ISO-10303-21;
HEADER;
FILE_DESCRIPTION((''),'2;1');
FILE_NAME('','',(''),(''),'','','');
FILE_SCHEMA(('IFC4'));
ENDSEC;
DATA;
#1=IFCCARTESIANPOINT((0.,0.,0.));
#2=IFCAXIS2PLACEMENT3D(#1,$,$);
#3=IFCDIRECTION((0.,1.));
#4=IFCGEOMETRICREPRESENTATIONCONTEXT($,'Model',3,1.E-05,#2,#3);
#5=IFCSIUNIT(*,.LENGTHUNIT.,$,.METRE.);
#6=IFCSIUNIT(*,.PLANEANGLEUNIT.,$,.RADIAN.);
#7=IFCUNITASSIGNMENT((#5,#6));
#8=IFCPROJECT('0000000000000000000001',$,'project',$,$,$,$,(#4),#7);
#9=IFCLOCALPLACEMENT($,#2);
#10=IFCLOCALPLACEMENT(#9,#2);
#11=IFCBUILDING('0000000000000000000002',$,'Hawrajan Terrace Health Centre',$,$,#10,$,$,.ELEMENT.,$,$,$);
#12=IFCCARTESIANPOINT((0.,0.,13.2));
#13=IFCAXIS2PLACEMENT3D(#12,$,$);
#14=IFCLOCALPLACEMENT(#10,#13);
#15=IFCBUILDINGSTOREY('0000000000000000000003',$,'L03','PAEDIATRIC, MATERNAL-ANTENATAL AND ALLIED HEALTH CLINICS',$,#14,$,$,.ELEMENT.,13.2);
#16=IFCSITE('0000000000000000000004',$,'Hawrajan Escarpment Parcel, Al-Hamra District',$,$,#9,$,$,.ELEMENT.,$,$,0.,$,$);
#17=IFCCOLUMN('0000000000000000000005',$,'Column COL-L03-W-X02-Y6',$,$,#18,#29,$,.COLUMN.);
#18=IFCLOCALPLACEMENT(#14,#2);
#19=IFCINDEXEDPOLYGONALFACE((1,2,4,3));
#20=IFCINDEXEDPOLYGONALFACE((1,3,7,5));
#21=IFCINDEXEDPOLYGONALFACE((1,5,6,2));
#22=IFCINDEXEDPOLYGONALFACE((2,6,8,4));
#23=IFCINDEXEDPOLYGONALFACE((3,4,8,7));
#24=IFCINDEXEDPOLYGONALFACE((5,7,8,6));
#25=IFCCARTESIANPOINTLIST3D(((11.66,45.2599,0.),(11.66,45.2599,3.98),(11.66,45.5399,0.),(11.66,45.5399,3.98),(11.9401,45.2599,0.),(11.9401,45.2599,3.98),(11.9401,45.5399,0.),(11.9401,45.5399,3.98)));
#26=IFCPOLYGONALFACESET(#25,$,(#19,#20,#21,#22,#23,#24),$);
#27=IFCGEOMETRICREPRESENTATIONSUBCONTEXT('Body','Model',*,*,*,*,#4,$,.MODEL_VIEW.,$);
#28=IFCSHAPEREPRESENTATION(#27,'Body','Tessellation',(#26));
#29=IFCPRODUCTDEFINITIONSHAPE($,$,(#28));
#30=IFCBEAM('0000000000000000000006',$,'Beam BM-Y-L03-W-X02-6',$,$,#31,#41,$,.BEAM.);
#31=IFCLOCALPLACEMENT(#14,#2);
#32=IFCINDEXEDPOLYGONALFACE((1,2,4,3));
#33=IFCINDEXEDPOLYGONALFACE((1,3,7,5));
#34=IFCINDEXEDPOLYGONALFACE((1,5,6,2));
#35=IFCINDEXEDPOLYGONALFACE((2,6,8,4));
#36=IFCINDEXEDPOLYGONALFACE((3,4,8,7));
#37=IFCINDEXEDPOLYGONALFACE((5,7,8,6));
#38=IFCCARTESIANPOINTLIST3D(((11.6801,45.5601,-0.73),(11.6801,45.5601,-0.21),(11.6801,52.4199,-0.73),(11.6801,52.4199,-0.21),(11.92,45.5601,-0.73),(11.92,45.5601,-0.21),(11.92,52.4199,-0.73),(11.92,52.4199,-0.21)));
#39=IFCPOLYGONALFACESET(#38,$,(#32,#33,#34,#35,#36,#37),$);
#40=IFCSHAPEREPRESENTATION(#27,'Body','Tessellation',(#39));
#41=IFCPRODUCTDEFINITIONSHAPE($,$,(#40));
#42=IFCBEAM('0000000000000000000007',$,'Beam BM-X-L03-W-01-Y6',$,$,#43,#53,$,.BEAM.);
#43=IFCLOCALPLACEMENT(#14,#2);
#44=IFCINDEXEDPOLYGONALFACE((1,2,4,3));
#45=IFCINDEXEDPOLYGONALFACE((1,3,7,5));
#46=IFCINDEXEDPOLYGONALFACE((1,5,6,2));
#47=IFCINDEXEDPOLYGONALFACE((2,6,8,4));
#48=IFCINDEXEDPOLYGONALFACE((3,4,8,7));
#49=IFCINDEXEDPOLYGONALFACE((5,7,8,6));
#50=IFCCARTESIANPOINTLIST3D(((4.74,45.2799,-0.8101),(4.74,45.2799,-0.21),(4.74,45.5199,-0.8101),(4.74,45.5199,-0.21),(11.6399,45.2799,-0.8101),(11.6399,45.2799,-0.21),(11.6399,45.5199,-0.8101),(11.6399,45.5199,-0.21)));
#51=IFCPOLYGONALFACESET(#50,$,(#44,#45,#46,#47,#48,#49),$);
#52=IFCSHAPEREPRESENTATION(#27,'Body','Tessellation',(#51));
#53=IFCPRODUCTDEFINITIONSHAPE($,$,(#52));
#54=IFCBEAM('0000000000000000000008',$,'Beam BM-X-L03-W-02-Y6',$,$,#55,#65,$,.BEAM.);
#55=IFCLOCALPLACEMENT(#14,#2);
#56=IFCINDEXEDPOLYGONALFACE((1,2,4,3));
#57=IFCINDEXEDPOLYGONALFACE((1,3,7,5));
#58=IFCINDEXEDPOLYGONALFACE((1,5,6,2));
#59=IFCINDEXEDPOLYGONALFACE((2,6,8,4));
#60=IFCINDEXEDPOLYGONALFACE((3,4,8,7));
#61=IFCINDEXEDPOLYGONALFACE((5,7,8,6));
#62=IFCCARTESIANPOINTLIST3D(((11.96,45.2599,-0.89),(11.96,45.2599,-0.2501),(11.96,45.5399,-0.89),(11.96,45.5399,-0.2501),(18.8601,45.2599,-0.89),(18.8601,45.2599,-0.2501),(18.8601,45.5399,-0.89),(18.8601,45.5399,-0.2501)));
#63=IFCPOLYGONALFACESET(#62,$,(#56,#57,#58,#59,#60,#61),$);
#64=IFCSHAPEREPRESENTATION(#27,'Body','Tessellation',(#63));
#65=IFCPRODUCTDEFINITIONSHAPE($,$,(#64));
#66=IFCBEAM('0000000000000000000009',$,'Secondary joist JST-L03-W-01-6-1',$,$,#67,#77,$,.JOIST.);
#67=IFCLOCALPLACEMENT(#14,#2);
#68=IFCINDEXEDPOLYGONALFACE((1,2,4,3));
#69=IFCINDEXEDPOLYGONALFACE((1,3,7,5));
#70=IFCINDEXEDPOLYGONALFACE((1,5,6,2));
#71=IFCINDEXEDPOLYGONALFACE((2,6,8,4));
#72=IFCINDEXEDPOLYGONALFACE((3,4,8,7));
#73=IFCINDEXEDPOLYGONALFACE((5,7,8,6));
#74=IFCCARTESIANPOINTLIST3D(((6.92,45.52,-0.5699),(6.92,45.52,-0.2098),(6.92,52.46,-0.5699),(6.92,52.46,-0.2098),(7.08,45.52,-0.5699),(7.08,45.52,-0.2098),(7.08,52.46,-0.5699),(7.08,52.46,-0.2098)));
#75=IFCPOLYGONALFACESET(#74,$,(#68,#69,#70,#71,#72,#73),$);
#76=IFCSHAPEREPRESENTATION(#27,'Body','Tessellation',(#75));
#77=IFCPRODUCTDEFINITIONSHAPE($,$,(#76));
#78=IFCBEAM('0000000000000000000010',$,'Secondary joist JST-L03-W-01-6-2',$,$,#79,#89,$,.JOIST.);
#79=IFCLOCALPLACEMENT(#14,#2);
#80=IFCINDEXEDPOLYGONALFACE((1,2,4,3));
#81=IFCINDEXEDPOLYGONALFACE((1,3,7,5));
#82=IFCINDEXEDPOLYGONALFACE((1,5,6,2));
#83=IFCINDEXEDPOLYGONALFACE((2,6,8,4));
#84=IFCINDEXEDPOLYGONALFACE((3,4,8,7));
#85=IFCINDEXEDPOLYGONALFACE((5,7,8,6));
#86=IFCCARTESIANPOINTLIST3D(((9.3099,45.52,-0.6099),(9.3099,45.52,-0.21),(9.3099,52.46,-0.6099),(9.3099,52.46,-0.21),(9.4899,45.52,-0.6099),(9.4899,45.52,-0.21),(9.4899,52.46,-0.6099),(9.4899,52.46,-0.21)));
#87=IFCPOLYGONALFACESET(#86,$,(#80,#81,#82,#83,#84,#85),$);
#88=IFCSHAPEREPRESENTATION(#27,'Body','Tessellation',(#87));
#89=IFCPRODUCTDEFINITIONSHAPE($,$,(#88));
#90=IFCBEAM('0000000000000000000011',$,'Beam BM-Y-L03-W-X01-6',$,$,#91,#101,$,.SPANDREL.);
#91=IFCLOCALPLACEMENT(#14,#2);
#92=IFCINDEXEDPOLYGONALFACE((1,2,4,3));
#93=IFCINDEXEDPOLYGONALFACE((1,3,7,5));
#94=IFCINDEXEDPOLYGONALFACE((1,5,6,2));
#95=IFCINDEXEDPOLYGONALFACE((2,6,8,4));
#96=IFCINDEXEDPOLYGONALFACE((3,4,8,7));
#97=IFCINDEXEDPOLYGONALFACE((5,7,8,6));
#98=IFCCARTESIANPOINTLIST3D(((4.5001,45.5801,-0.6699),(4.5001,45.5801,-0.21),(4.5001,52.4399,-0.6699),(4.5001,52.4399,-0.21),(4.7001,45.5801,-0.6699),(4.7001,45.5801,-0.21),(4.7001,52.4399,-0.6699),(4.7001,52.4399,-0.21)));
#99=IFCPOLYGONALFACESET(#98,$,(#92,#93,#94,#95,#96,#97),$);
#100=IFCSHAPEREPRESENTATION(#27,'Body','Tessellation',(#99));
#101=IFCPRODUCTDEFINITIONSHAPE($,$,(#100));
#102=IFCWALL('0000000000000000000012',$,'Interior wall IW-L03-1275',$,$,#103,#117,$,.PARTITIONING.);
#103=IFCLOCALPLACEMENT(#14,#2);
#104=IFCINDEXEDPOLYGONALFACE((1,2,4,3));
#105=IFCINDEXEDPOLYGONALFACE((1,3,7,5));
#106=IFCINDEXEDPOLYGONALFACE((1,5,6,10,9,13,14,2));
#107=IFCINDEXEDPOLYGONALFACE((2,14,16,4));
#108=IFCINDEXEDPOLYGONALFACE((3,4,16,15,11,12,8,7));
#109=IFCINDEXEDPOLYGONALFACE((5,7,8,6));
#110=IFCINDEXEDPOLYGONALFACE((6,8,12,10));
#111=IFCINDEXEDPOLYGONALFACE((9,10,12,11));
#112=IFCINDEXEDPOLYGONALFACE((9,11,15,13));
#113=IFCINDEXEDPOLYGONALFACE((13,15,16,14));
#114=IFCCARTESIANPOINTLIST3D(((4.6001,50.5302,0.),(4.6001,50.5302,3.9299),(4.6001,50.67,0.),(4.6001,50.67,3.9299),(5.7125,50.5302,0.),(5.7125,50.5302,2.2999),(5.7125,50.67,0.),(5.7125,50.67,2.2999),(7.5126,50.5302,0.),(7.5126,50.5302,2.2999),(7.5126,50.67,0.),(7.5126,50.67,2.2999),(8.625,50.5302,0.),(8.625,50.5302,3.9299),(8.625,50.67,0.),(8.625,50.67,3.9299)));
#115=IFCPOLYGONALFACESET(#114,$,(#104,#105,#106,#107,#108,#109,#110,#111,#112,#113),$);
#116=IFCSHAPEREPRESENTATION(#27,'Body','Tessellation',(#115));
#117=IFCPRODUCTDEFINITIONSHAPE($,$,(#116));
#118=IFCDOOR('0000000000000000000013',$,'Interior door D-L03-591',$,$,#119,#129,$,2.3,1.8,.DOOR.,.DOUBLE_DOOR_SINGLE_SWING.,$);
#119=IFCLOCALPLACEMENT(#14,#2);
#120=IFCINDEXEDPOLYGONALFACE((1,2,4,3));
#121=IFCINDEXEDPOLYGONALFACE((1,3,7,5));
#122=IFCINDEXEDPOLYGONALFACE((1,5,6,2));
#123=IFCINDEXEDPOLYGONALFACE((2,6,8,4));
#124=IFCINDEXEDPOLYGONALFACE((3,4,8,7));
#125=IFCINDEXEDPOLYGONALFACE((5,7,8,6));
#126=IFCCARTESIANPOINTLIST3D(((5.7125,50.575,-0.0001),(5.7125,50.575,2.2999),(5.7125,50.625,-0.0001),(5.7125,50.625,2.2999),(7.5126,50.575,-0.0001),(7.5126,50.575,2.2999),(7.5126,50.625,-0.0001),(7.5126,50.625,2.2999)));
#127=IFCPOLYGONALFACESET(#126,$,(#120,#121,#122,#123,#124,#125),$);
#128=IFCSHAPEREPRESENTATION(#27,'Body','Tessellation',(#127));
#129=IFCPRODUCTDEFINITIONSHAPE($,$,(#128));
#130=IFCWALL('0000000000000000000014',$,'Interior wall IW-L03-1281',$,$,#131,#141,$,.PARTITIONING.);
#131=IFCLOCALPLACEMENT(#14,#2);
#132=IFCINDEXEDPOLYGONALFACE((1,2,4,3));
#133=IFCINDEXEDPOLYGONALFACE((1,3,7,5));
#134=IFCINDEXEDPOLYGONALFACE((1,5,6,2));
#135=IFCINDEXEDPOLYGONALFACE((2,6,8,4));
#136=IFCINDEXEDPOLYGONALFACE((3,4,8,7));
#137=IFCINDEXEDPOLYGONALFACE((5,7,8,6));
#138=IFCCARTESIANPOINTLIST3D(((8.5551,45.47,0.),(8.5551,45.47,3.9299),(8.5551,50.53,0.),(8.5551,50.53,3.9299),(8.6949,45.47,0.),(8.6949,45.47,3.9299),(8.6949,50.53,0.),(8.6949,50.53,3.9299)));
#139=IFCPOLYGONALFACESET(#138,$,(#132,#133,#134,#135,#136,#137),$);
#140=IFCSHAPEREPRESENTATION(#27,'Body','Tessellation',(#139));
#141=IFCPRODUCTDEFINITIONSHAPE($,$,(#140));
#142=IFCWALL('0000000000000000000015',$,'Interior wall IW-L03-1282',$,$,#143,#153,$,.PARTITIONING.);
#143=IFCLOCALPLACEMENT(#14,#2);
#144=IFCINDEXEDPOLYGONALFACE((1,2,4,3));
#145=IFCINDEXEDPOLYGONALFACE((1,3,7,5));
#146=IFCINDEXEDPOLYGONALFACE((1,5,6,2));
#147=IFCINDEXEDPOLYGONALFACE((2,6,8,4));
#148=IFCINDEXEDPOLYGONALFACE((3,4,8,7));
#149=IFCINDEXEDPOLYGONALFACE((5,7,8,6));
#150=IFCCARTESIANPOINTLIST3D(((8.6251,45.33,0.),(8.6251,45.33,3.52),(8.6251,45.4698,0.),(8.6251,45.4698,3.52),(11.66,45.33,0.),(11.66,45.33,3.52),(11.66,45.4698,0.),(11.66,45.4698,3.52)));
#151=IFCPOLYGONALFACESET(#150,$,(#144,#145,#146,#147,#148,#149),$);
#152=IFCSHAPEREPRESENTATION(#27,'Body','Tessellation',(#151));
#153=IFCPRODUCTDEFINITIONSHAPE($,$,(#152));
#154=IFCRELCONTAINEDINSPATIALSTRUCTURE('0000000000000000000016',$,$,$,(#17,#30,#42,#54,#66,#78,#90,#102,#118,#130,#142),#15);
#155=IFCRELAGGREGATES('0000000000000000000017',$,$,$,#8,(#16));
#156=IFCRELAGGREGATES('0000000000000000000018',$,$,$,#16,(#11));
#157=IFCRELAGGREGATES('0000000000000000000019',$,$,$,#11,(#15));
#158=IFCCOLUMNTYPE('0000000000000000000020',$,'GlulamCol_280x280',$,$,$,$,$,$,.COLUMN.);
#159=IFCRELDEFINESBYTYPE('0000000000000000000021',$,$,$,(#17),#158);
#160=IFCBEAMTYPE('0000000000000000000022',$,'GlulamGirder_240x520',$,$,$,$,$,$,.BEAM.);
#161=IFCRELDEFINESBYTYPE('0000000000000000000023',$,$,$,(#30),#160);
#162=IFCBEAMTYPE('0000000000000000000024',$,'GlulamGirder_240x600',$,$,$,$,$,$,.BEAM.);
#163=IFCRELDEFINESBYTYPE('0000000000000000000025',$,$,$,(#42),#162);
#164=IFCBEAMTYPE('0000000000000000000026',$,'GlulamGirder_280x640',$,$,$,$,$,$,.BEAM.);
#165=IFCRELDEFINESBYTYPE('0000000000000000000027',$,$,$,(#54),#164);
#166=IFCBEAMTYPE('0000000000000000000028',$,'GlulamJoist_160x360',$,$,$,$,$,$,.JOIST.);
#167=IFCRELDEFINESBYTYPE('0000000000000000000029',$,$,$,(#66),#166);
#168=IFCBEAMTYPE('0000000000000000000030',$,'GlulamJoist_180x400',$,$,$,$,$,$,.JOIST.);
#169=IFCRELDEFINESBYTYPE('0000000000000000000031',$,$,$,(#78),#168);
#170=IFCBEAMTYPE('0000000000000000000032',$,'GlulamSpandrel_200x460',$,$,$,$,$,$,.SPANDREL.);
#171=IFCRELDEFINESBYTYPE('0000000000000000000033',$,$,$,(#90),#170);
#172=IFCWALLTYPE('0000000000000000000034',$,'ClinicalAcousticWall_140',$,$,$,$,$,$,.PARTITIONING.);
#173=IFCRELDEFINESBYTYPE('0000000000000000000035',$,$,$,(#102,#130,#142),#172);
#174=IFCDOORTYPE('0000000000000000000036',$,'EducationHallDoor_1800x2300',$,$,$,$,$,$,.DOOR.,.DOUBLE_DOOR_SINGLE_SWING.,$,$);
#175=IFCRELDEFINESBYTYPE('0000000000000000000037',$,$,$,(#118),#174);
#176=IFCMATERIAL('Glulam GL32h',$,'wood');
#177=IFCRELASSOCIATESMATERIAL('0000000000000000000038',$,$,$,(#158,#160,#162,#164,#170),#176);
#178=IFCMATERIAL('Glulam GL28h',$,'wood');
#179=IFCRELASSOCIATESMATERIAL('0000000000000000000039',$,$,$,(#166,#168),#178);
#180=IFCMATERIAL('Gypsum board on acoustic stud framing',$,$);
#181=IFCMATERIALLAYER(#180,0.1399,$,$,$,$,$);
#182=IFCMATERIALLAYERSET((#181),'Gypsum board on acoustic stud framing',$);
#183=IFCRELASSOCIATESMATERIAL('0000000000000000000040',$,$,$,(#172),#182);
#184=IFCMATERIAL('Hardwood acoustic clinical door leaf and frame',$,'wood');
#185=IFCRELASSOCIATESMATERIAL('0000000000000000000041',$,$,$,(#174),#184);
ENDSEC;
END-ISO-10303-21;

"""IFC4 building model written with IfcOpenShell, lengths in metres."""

from ifc_helpers import new_model, si_unit, direction, frame, frame_2d, origin, origin_2d, place, context, subcontext, project, spatial, rectangle, extrude, material, layer, layer_set, material_profile, profile_set, type_object, element, fill, save


model = new_model("IFC4")

# Units and contexts
model_context = context("Model", 3, precision=1e-05, world=origin(), true_north=direction((0.0, 1.0)))
body_context = subcontext(model_context, "Body", "Model", "MODEL_VIEW")
ifc_project = project(units=[si_unit("LENGTHUNIT", "METRE"), si_unit("PLANEANGLEUNIT", "RADIAN")], contexts=[model_context])

# Site, building, storey
site_placement = place(None, origin())
site = spatial("IfcSite", under=ifc_project, at=site_placement, Name="Hawrajan Escarpment Parcel, Al-Hamra District", CompositionType="ELEMENT", RefElevation=0.0)
building_placement = place(site_placement, origin())
building = spatial("IfcBuilding", under=site, at=building_placement, Name="Hawrajan Terrace Health Centre", CompositionType="ELEMENT")
storey_placement = place(building_placement, frame((0.0, 0.0, 13.2)))
storey = spatial("IfcBuildingStorey", under=building, at=storey_placement, Name="L03", Description="PAEDIATRIC, MATERNAL-ANTENATAL AND ALLIED HEALTH CLINICS", CompositionType="ELEMENT", Elevation=13.2)

# Column
ifc_material_1 = material(Name="Glulam GL32h", Category="wood")
ifc_material_profile_1 = material_profile(ifc_material_1, rectangle(XDim=0.28, YDim=0.28, at=origin_2d()), Name="GL 280x280")
ifc_profile_set_1 = profile_set([ifc_material_profile_1], Name="Glulam GL32h")
column_type = type_object("IfcColumnType", Name="GlulamCol_280x280", PredefinedType="COLUMN", material=ifc_profile_set_1)
column_placement = place(storey_placement, frame((11.8, 45.3999, 0.0), z_axis=(0.0, 0.0, 1.0), x_axis=(1.0, 0.0, 0.0)))
element("IfcColumn", 1, at=column_placement, inside=storey, type_object=column_type, Name="Column COL-L03-W-X02-Y6", PredefinedType="COLUMN", context=body_context, shape_type="SweptSolid", body=[
    extrude(rectangle(XDim=0.28, YDim=0.28, at=origin_2d()), origin(), (0.0, 0.0, 1.0), 3.98),
])

# Beams
ifc_material_profile_2 = material_profile(ifc_material_1, rectangle(XDim=0.24, YDim=0.52, at=origin_2d()), Name="GL BM 240x520")
ifc_profile_set_2 = profile_set([ifc_material_profile_2], Name="Glulam GL32h")
beam_type_1 = type_object("IfcBeamType", Name="GlulamGirder_240x520", PredefinedType="BEAM", material=ifc_profile_set_2)
beam_1_placement = place(storey_placement, frame((11.8, 45.5601, -0.47), z_axis=(0.0, 1.0, 0.0), x_axis=(-1.0, 0.0, 0.0)))
element("IfcBeam", 2, at=beam_1_placement, inside=storey, type_object=beam_type_1, Name="Beam BM-Y-L03-W-X02-6", PredefinedType="BEAM", context=body_context, shape_type="SweptSolid", body=[
    extrude(rectangle(XDim=0.24, YDim=0.52, at=origin_2d()), origin(), (0.0, 0.0, 1.0), 6.8599),
])
ifc_material_profile_3 = material_profile(ifc_material_1, rectangle(XDim=0.24, YDim=0.6001, at=origin_2d()), Name="GL BM 240x600")
ifc_profile_set_3 = profile_set([ifc_material_profile_3], Name="Glulam GL32h")
beam_type_2 = type_object("IfcBeamType", Name="GlulamGirder_240x600", PredefinedType="BEAM", material=ifc_profile_set_3)
beam_2_placement = place(storey_placement, frame((4.74, 45.3999, -0.51), z_axis=(1.0, 0.0, 0.0), x_axis=(0.0, 1.0, 0.0)))
element("IfcBeam", 3, at=beam_2_placement, inside=storey, type_object=beam_type_2, Name="Beam BM-X-L03-W-01-Y6", PredefinedType="BEAM", context=body_context, shape_type="SweptSolid", body=[
    extrude(rectangle(XDim=0.24, YDim=0.6001, at=origin_2d()), origin(), (0.0, 0.0, 1.0), 6.8999),
])
ifc_material_profile_4 = material_profile(ifc_material_1, rectangle(XDim=0.28, YDim=0.6399, at=origin_2d()), Name="GL BM 280x640")
ifc_profile_set_4 = profile_set([ifc_material_profile_4], Name="Glulam GL32h")
beam_type_3 = type_object("IfcBeamType", Name="GlulamGirder_280x640", PredefinedType="BEAM", material=ifc_profile_set_4)
beam_3_placement = place(storey_placement, frame((11.96, 45.3999, -0.5701), z_axis=(1.0, 0.0, 0.0), x_axis=(0.0, 1.0, 0.0)))
element("IfcBeam", 4, at=beam_3_placement, inside=storey, type_object=beam_type_3, Name="Beam BM-X-L03-W-02-Y6", PredefinedType="BEAM", context=body_context, shape_type="SweptSolid", body=[
    extrude(rectangle(XDim=0.28, YDim=0.6399, at=origin_2d()), origin(), (0.0, 0.0, 1.0), 6.9001),
])
ifc_material_2 = material(Name="Glulam GL28h", Category="wood")
ifc_material_profile_5 = material_profile(ifc_material_2, rectangle(XDim=0.1599, YDim=0.3601, at=origin_2d()), Name="GL JST 160x360")
ifc_profile_set_5 = profile_set([ifc_material_profile_5], Name="Glulam GL28h")
beam_type_4 = type_object("IfcBeamType", Name="GlulamJoist_160x360", PredefinedType="JOIST", material=ifc_profile_set_5)
beam_4_placement = place(storey_placement, frame((7.0, 45.52, -0.3899), z_axis=(0.0, 1.0, 0.0), x_axis=(-1.0, 0.0, 0.0)))
element("IfcBeam", 5, at=beam_4_placement, inside=storey, type_object=beam_type_4, Name="Secondary joist JST-L03-W-01-6-1", PredefinedType="JOIST", context=body_context, shape_type="SweptSolid", body=[
    extrude(rectangle(XDim=0.1599, YDim=0.3601, at=origin_2d()), origin(), (0.0, 0.0, 1.0), 6.9399),
])
ifc_material_profile_6 = material_profile(ifc_material_2, rectangle(XDim=0.1799, YDim=0.3999, at=origin_2d()), Name="GL JST 180x400")
ifc_profile_set_6 = profile_set([ifc_material_profile_6], Name="Glulam GL28h")
beam_type_5 = type_object("IfcBeamType", Name="GlulamJoist_180x400", PredefinedType="JOIST", material=ifc_profile_set_6)
beam_5_placement = place(storey_placement, frame((9.3999, 45.52, -0.4099), z_axis=(0.0, 1.0, 0.0), x_axis=(-1.0, 0.0, 0.0)))
element("IfcBeam", 6, at=beam_5_placement, inside=storey, type_object=beam_type_5, Name="Secondary joist JST-L03-W-01-6-2", PredefinedType="JOIST", context=body_context, shape_type="SweptSolid", body=[
    extrude(rectangle(XDim=0.1799, YDim=0.3999, at=origin_2d()), origin(), (0.0, 0.0, 1.0), 6.9399),
])
ifc_material_profile_7 = material_profile(ifc_material_1, rectangle(XDim=0.2, YDim=0.46, at=origin_2d()), Name="GL SP 200x460")
ifc_profile_set_7 = profile_set([ifc_material_profile_7], Name="Glulam GL32h")
beam_type_6 = type_object("IfcBeamType", Name="GlulamSpandrel_200x460", PredefinedType="SPANDREL", material=ifc_profile_set_7)
beam_6_placement = place(storey_placement, frame((4.6001, 45.5801, -0.4399), z_axis=(0.0, 1.0, 0.0), x_axis=(-1.0, 0.0, 0.0)))
element("IfcBeam", 7, at=beam_6_placement, inside=storey, type_object=beam_type_6, Name="Beam BM-Y-L03-W-X01-6", PredefinedType="SPANDREL", context=body_context, shape_type="SweptSolid", body=[
    extrude(rectangle(XDim=0.2, YDim=0.46, at=origin_2d()), origin(), (0.0, 0.0, 1.0), 6.8599),
])

# Wall, opening, door
ifc_material_3 = material(Name="Gypsum board on acoustic stud framing")
ifc_layer_1 = layer(ifc_material_3, 0.1399)
ifc_layer_set_1 = layer_set([ifc_layer_1], Name="Gypsum board on acoustic stud framing")
wall_type_1 = type_object("IfcWallType", Name="ClinicalAcousticWall_140", PredefinedType="PARTITIONING", material=ifc_layer_set_1)
wall_1_placement = place(storey_placement, frame((4.6001, 50.6001, 0.0), z_axis=(0.0, 0.0, 1.0), x_axis=(1.0, 0.0, 0.0)))
wall_1 = element("IfcWall", 8, at=wall_1_placement, inside=storey, type_object=wall_type_1, Name="Interior wall IW-L03-1275", PredefinedType="PARTITIONING", context=body_context, shape_type="SweptSolid", body=[
    extrude(rectangle(XDim=4.0249, YDim=0.1399, at=frame_2d((2.0125, 0.0))), origin(), (0.0, 0.0, 1.0), 3.9299),
])
opening_1_placement = place(wall_1_placement, frame((1.1125, 0.0, 0.0)))
opening_1 = element("IfcOpeningElement", 9, at=opening_1_placement, cuts=wall_1, PredefinedType="OPENING", context=body_context, shape_type="SweptSolid", body=[
    extrude(rectangle(XDim=1.8, YDim=2.3, at=frame_2d((0.8999, 1.1499))), frame((0.0, 0.0798, 0.0), z_axis=(0.0, -1.0, 0.0), x_axis=(1.0, 0.0, 0.0)), (0.0, 0.0, 1.0), 0.1599),
])
ifc_material_4 = material(Name="Hardwood acoustic clinical door leaf and frame", Category="wood")
door_type_1 = type_object("IfcDoorType", Name="EducationHallDoor_1800x2300", OperationType="DOUBLE_DOOR_SINGLE_SWING", PredefinedType="DOOR", material=ifc_material_4)
door_1_placement = place(opening_1_placement, origin())
door_1 = element("IfcDoor", 10, at=door_1_placement, inside=storey, type_object=door_type_1, Name="Interior door D-L03-591", OperationType="DOUBLE_DOOR_SINGLE_SWING", OverallHeight=2.3, OverallWidth=1.8, PredefinedType="DOOR", context=body_context, shape_type="SweptSolid", body=[
    extrude(rectangle(XDim=1.8, YDim=2.3, at=frame_2d((0.8999, 1.1499))), frame((0.0, 0.0249, 0.0), z_axis=(0.0, -1.0, 0.0), x_axis=(1.0, 0.0, 0.0)), (0.0, 0.0, 1.0), 0.05),
])
fill(opening_1, door_1)

# Walls
wall_2_placement = place(storey_placement, frame((8.625, 45.47, 0.0), z_axis=(0.0, 0.0, 1.0), x_axis=(0.0, 1.0, 0.0)))
element("IfcWall", 11, at=wall_2_placement, inside=storey, type_object=wall_type_1, Name="Interior wall IW-L03-1281", PredefinedType="PARTITIONING", context=body_context, shape_type="SweptSolid", body=[
    extrude(rectangle(XDim=5.0601, YDim=0.1399, at=frame_2d((2.53, 0.0))), origin(), (0.0, 0.0, 1.0), 3.9299),
])
wall_3_placement = place(storey_placement, frame((8.625, 45.3999, 0.0), z_axis=(0.0, 0.0, 1.0), x_axis=(1.0, 0.0, 0.0)))
element("IfcWall", 12, at=wall_3_placement, inside=storey, type_object=wall_type_1, Name="Interior wall IW-L03-1282", PredefinedType="PARTITIONING", context=body_context, shape_type="SweptSolid", body=[
    extrude(rectangle(XDim=3.0349, YDim=0.1399, at=frame_2d((1.5176, 0.0))), origin(), (0.0, 0.0, 1.0), 3.52),
])

save(model, "model.ifc")
